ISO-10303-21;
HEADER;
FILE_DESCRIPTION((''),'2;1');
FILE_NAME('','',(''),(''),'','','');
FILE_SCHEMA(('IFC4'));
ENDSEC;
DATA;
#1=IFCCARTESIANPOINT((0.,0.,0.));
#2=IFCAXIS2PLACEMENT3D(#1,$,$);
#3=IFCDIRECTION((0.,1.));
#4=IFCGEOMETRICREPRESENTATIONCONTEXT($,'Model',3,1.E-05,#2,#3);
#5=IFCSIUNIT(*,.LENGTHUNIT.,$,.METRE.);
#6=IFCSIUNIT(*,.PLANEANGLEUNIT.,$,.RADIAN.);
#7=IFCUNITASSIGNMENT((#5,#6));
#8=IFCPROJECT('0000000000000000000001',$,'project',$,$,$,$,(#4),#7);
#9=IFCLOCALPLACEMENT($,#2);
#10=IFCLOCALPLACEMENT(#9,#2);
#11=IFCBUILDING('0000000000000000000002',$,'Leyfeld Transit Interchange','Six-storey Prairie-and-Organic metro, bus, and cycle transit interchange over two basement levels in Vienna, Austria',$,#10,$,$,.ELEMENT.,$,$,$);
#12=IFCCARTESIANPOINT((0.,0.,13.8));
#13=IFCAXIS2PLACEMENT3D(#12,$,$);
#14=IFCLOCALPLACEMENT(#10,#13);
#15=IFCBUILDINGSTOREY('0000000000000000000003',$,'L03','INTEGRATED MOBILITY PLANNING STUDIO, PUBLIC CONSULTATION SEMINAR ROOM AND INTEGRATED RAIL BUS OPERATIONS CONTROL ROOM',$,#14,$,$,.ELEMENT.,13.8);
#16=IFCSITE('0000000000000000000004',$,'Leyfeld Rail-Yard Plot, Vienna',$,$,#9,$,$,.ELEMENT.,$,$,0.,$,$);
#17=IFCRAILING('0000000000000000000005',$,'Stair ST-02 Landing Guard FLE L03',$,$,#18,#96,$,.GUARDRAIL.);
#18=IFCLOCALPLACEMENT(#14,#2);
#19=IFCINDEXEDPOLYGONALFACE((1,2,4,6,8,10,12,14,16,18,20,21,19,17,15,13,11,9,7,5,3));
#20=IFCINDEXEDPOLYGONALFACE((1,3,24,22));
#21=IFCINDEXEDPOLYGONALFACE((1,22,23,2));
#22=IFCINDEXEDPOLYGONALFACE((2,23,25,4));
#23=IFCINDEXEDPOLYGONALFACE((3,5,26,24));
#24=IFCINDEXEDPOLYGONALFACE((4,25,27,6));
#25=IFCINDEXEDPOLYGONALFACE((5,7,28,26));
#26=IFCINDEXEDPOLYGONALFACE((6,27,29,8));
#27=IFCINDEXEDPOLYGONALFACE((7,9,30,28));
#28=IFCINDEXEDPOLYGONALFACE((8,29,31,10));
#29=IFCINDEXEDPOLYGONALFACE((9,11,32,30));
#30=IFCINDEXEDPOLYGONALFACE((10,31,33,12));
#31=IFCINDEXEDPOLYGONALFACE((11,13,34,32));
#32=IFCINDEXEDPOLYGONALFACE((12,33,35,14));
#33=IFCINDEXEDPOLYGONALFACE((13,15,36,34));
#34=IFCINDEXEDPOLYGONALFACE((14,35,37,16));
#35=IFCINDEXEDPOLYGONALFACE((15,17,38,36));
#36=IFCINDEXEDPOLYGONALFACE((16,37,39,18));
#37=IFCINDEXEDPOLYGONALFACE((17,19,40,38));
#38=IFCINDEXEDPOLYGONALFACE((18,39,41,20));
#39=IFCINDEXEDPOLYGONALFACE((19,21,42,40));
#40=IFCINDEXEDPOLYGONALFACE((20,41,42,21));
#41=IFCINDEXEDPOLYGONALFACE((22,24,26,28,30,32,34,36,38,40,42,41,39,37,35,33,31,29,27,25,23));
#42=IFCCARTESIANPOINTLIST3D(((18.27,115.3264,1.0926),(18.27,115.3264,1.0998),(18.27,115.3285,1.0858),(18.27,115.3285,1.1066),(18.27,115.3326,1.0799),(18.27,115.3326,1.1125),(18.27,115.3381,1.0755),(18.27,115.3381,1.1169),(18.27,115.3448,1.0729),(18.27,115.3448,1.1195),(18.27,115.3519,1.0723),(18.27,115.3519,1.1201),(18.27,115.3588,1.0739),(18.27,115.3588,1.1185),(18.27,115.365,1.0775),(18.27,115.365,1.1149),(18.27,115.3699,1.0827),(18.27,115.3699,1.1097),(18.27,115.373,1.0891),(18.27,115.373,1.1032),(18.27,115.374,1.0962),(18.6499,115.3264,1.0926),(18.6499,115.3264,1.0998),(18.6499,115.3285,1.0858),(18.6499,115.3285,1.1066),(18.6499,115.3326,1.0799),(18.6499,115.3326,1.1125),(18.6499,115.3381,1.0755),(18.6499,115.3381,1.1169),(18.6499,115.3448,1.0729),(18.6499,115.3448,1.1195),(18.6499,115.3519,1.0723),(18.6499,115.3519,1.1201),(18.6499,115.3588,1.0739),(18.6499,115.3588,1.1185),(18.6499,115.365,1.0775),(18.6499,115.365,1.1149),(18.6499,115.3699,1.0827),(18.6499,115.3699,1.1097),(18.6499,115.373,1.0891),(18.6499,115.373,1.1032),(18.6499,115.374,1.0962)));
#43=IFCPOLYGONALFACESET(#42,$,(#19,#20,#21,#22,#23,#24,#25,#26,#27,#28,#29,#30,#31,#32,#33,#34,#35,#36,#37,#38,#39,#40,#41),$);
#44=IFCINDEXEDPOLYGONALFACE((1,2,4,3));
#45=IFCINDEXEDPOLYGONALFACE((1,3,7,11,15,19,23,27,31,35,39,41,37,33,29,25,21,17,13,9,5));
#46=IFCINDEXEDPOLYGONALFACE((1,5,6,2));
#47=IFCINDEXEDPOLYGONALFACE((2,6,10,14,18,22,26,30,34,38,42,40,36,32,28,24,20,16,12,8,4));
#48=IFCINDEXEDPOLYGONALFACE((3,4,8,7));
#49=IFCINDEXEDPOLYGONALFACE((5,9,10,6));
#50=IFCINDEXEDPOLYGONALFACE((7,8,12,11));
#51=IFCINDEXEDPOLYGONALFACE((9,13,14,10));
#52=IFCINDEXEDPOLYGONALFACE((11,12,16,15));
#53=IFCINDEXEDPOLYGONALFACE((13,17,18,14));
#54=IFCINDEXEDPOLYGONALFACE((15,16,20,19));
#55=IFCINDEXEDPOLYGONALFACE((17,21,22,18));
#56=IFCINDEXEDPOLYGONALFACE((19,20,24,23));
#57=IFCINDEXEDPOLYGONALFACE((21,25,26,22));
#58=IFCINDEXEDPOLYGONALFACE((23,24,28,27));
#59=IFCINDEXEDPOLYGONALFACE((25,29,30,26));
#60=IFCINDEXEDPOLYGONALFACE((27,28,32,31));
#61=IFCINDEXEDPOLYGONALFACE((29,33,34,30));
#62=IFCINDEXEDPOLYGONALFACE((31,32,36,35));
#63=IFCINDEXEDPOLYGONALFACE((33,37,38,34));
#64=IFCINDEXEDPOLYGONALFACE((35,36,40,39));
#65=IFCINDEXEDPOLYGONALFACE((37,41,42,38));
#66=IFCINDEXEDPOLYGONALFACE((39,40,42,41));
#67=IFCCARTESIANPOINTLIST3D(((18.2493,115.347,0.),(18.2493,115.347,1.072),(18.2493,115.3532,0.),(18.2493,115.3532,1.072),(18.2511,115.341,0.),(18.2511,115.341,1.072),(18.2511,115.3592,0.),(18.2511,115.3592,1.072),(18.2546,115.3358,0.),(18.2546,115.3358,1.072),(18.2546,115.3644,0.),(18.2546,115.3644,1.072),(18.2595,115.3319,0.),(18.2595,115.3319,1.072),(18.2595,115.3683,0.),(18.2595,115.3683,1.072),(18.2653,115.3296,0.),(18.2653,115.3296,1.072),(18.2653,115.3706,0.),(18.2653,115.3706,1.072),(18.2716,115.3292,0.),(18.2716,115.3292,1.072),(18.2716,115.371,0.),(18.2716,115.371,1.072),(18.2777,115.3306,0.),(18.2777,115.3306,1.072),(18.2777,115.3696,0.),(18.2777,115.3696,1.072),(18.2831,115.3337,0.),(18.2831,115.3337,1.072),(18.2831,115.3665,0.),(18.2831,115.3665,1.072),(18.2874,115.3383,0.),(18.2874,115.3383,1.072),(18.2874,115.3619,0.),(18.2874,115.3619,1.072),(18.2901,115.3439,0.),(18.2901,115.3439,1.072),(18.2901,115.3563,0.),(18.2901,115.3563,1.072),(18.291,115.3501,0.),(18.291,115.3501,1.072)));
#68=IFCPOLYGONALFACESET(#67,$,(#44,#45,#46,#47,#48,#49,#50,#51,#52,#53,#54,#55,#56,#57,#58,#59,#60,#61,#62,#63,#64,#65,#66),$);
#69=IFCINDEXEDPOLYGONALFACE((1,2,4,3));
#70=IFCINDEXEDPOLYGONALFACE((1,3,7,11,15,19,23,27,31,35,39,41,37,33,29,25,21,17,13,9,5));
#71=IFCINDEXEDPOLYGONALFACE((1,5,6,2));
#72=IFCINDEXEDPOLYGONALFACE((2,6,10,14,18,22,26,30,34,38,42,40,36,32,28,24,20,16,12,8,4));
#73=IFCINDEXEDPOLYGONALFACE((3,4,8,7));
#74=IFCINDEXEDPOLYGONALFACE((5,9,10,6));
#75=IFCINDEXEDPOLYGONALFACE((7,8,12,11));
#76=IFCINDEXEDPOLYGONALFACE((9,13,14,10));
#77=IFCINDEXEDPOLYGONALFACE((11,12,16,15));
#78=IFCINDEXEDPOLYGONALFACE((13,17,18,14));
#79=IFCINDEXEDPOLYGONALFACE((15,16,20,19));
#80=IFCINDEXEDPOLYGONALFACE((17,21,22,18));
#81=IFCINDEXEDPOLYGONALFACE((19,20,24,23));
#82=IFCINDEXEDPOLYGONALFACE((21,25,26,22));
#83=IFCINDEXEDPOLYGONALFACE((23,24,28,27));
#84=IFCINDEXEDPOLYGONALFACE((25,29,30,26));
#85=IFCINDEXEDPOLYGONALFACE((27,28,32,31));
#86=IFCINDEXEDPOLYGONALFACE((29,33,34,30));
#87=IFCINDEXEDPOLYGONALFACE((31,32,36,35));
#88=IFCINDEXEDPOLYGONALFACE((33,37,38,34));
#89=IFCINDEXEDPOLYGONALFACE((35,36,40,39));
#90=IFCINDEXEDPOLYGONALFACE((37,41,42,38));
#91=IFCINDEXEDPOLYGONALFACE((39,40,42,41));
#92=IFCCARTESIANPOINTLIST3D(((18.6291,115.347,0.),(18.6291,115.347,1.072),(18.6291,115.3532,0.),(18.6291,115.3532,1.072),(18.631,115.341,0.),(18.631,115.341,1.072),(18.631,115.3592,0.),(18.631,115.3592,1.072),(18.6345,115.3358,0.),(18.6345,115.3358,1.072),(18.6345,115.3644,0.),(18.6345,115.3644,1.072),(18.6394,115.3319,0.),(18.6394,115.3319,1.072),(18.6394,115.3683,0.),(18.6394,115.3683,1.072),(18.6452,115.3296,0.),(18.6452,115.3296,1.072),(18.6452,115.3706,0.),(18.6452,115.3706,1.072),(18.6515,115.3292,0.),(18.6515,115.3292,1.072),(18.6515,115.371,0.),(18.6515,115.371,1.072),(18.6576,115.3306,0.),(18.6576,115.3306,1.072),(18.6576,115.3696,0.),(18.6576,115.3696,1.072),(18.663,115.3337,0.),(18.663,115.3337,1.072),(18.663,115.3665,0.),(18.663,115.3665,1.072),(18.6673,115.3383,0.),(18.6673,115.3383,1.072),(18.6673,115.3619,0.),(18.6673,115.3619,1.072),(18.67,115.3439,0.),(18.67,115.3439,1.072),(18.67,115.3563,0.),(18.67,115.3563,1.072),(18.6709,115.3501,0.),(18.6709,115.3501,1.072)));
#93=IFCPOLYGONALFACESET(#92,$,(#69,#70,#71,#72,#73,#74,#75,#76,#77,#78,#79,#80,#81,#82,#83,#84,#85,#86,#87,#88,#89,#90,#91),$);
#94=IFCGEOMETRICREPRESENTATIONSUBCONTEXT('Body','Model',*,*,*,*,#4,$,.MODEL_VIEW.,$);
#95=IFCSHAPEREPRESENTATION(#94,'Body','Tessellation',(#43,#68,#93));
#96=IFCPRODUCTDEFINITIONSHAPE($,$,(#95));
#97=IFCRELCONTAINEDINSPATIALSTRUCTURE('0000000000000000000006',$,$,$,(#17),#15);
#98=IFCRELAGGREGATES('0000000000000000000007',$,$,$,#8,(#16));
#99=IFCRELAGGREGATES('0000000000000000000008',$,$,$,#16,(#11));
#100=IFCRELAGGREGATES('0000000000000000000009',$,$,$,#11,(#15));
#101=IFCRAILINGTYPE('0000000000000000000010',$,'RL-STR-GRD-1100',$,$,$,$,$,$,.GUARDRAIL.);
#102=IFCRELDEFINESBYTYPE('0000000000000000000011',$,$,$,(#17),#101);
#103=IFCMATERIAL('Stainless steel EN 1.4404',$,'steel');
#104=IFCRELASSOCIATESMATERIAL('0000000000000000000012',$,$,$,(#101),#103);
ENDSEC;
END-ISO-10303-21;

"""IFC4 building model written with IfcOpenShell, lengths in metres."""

from ifc_helpers import new_model, si_unit, direction, frame, origin, origin_2d, place, context, subcontext, project, spatial, circle, extrude, material, type_object, element, save


model = new_model("IFC4")

# Units and contexts
model_context = context("Model", 3, precision=1e-05, world=origin(), true_north=direction((0.0, 1.0)))
body_context = subcontext(model_context, "Body", "Model", "MODEL_VIEW")
ifc_project = project(units=[si_unit("LENGTHUNIT", "METRE"), si_unit("PLANEANGLEUNIT", "RADIAN")], contexts=[model_context])

# Site, building, storey
site_placement = place(None, origin())
site = spatial("IfcSite", under=ifc_project, at=site_placement, Name="Leyfeld Rail-Yard Plot, Vienna", CompositionType="ELEMENT", RefElevation=0.0)
building_placement = place(site_placement, origin())
building = spatial("IfcBuilding", under=site, at=building_placement, Name="Leyfeld Transit Interchange", Description="Six-storey Prairie-and-Organic metro, bus, and cycle transit interchange over two basement levels in Vienna, Austria", CompositionType="ELEMENT")
storey_placement = place(building_placement, frame((0.0, 0.0, 13.8)))
storey = spatial("IfcBuildingStorey", under=building, at=storey_placement, Name="L03", Description="INTEGRATED MOBILITY PLANNING STUDIO, PUBLIC CONSULTATION SEMINAR ROOM AND INTEGRATED RAIL BUS OPERATIONS CONTROL ROOM", CompositionType="ELEMENT", Elevation=13.8)

# Shared definitions
ifc_material_1 = material(Name="Stainless steel EN 1.4404", Category="steel")

# Railing
railing_type_1 = type_object("IfcRailingType", Name="RL-STR-GRD-1100", PredefinedType="GUARDRAIL", material=ifc_material_1)
railing_1_placement = place(storey_placement, frame((18.27, 115.3501, 0.0)))
element("IfcRailing", 1, at=railing_1_placement, inside=storey, type_object=railing_type_1, Name="Stair ST-02 Landing Guard FLE L03", PredefinedType="GUARDRAIL", context=body_context, shape_type="SweptSolid", body=[
    extrude(circle(Radius=0.0239, at=origin_2d()), frame((0.0, 0.0, 1.0962), z_axis=(1.0, 0.0, 0.0), x_axis=(0.0, 1.0, 0.0)), (0.0, 0.0, 1.0), 0.3799),
    extrude(circle(Radius=0.021, at=origin_2d()), origin(), (0.0, 0.0, 1.0), 1.072),
    extrude(circle(Radius=0.021, at=origin_2d()), frame((0.3799, 0.0, 0.0)), (0.0, 0.0, 1.0), 1.072),
])

save(model, "model.ifc")
